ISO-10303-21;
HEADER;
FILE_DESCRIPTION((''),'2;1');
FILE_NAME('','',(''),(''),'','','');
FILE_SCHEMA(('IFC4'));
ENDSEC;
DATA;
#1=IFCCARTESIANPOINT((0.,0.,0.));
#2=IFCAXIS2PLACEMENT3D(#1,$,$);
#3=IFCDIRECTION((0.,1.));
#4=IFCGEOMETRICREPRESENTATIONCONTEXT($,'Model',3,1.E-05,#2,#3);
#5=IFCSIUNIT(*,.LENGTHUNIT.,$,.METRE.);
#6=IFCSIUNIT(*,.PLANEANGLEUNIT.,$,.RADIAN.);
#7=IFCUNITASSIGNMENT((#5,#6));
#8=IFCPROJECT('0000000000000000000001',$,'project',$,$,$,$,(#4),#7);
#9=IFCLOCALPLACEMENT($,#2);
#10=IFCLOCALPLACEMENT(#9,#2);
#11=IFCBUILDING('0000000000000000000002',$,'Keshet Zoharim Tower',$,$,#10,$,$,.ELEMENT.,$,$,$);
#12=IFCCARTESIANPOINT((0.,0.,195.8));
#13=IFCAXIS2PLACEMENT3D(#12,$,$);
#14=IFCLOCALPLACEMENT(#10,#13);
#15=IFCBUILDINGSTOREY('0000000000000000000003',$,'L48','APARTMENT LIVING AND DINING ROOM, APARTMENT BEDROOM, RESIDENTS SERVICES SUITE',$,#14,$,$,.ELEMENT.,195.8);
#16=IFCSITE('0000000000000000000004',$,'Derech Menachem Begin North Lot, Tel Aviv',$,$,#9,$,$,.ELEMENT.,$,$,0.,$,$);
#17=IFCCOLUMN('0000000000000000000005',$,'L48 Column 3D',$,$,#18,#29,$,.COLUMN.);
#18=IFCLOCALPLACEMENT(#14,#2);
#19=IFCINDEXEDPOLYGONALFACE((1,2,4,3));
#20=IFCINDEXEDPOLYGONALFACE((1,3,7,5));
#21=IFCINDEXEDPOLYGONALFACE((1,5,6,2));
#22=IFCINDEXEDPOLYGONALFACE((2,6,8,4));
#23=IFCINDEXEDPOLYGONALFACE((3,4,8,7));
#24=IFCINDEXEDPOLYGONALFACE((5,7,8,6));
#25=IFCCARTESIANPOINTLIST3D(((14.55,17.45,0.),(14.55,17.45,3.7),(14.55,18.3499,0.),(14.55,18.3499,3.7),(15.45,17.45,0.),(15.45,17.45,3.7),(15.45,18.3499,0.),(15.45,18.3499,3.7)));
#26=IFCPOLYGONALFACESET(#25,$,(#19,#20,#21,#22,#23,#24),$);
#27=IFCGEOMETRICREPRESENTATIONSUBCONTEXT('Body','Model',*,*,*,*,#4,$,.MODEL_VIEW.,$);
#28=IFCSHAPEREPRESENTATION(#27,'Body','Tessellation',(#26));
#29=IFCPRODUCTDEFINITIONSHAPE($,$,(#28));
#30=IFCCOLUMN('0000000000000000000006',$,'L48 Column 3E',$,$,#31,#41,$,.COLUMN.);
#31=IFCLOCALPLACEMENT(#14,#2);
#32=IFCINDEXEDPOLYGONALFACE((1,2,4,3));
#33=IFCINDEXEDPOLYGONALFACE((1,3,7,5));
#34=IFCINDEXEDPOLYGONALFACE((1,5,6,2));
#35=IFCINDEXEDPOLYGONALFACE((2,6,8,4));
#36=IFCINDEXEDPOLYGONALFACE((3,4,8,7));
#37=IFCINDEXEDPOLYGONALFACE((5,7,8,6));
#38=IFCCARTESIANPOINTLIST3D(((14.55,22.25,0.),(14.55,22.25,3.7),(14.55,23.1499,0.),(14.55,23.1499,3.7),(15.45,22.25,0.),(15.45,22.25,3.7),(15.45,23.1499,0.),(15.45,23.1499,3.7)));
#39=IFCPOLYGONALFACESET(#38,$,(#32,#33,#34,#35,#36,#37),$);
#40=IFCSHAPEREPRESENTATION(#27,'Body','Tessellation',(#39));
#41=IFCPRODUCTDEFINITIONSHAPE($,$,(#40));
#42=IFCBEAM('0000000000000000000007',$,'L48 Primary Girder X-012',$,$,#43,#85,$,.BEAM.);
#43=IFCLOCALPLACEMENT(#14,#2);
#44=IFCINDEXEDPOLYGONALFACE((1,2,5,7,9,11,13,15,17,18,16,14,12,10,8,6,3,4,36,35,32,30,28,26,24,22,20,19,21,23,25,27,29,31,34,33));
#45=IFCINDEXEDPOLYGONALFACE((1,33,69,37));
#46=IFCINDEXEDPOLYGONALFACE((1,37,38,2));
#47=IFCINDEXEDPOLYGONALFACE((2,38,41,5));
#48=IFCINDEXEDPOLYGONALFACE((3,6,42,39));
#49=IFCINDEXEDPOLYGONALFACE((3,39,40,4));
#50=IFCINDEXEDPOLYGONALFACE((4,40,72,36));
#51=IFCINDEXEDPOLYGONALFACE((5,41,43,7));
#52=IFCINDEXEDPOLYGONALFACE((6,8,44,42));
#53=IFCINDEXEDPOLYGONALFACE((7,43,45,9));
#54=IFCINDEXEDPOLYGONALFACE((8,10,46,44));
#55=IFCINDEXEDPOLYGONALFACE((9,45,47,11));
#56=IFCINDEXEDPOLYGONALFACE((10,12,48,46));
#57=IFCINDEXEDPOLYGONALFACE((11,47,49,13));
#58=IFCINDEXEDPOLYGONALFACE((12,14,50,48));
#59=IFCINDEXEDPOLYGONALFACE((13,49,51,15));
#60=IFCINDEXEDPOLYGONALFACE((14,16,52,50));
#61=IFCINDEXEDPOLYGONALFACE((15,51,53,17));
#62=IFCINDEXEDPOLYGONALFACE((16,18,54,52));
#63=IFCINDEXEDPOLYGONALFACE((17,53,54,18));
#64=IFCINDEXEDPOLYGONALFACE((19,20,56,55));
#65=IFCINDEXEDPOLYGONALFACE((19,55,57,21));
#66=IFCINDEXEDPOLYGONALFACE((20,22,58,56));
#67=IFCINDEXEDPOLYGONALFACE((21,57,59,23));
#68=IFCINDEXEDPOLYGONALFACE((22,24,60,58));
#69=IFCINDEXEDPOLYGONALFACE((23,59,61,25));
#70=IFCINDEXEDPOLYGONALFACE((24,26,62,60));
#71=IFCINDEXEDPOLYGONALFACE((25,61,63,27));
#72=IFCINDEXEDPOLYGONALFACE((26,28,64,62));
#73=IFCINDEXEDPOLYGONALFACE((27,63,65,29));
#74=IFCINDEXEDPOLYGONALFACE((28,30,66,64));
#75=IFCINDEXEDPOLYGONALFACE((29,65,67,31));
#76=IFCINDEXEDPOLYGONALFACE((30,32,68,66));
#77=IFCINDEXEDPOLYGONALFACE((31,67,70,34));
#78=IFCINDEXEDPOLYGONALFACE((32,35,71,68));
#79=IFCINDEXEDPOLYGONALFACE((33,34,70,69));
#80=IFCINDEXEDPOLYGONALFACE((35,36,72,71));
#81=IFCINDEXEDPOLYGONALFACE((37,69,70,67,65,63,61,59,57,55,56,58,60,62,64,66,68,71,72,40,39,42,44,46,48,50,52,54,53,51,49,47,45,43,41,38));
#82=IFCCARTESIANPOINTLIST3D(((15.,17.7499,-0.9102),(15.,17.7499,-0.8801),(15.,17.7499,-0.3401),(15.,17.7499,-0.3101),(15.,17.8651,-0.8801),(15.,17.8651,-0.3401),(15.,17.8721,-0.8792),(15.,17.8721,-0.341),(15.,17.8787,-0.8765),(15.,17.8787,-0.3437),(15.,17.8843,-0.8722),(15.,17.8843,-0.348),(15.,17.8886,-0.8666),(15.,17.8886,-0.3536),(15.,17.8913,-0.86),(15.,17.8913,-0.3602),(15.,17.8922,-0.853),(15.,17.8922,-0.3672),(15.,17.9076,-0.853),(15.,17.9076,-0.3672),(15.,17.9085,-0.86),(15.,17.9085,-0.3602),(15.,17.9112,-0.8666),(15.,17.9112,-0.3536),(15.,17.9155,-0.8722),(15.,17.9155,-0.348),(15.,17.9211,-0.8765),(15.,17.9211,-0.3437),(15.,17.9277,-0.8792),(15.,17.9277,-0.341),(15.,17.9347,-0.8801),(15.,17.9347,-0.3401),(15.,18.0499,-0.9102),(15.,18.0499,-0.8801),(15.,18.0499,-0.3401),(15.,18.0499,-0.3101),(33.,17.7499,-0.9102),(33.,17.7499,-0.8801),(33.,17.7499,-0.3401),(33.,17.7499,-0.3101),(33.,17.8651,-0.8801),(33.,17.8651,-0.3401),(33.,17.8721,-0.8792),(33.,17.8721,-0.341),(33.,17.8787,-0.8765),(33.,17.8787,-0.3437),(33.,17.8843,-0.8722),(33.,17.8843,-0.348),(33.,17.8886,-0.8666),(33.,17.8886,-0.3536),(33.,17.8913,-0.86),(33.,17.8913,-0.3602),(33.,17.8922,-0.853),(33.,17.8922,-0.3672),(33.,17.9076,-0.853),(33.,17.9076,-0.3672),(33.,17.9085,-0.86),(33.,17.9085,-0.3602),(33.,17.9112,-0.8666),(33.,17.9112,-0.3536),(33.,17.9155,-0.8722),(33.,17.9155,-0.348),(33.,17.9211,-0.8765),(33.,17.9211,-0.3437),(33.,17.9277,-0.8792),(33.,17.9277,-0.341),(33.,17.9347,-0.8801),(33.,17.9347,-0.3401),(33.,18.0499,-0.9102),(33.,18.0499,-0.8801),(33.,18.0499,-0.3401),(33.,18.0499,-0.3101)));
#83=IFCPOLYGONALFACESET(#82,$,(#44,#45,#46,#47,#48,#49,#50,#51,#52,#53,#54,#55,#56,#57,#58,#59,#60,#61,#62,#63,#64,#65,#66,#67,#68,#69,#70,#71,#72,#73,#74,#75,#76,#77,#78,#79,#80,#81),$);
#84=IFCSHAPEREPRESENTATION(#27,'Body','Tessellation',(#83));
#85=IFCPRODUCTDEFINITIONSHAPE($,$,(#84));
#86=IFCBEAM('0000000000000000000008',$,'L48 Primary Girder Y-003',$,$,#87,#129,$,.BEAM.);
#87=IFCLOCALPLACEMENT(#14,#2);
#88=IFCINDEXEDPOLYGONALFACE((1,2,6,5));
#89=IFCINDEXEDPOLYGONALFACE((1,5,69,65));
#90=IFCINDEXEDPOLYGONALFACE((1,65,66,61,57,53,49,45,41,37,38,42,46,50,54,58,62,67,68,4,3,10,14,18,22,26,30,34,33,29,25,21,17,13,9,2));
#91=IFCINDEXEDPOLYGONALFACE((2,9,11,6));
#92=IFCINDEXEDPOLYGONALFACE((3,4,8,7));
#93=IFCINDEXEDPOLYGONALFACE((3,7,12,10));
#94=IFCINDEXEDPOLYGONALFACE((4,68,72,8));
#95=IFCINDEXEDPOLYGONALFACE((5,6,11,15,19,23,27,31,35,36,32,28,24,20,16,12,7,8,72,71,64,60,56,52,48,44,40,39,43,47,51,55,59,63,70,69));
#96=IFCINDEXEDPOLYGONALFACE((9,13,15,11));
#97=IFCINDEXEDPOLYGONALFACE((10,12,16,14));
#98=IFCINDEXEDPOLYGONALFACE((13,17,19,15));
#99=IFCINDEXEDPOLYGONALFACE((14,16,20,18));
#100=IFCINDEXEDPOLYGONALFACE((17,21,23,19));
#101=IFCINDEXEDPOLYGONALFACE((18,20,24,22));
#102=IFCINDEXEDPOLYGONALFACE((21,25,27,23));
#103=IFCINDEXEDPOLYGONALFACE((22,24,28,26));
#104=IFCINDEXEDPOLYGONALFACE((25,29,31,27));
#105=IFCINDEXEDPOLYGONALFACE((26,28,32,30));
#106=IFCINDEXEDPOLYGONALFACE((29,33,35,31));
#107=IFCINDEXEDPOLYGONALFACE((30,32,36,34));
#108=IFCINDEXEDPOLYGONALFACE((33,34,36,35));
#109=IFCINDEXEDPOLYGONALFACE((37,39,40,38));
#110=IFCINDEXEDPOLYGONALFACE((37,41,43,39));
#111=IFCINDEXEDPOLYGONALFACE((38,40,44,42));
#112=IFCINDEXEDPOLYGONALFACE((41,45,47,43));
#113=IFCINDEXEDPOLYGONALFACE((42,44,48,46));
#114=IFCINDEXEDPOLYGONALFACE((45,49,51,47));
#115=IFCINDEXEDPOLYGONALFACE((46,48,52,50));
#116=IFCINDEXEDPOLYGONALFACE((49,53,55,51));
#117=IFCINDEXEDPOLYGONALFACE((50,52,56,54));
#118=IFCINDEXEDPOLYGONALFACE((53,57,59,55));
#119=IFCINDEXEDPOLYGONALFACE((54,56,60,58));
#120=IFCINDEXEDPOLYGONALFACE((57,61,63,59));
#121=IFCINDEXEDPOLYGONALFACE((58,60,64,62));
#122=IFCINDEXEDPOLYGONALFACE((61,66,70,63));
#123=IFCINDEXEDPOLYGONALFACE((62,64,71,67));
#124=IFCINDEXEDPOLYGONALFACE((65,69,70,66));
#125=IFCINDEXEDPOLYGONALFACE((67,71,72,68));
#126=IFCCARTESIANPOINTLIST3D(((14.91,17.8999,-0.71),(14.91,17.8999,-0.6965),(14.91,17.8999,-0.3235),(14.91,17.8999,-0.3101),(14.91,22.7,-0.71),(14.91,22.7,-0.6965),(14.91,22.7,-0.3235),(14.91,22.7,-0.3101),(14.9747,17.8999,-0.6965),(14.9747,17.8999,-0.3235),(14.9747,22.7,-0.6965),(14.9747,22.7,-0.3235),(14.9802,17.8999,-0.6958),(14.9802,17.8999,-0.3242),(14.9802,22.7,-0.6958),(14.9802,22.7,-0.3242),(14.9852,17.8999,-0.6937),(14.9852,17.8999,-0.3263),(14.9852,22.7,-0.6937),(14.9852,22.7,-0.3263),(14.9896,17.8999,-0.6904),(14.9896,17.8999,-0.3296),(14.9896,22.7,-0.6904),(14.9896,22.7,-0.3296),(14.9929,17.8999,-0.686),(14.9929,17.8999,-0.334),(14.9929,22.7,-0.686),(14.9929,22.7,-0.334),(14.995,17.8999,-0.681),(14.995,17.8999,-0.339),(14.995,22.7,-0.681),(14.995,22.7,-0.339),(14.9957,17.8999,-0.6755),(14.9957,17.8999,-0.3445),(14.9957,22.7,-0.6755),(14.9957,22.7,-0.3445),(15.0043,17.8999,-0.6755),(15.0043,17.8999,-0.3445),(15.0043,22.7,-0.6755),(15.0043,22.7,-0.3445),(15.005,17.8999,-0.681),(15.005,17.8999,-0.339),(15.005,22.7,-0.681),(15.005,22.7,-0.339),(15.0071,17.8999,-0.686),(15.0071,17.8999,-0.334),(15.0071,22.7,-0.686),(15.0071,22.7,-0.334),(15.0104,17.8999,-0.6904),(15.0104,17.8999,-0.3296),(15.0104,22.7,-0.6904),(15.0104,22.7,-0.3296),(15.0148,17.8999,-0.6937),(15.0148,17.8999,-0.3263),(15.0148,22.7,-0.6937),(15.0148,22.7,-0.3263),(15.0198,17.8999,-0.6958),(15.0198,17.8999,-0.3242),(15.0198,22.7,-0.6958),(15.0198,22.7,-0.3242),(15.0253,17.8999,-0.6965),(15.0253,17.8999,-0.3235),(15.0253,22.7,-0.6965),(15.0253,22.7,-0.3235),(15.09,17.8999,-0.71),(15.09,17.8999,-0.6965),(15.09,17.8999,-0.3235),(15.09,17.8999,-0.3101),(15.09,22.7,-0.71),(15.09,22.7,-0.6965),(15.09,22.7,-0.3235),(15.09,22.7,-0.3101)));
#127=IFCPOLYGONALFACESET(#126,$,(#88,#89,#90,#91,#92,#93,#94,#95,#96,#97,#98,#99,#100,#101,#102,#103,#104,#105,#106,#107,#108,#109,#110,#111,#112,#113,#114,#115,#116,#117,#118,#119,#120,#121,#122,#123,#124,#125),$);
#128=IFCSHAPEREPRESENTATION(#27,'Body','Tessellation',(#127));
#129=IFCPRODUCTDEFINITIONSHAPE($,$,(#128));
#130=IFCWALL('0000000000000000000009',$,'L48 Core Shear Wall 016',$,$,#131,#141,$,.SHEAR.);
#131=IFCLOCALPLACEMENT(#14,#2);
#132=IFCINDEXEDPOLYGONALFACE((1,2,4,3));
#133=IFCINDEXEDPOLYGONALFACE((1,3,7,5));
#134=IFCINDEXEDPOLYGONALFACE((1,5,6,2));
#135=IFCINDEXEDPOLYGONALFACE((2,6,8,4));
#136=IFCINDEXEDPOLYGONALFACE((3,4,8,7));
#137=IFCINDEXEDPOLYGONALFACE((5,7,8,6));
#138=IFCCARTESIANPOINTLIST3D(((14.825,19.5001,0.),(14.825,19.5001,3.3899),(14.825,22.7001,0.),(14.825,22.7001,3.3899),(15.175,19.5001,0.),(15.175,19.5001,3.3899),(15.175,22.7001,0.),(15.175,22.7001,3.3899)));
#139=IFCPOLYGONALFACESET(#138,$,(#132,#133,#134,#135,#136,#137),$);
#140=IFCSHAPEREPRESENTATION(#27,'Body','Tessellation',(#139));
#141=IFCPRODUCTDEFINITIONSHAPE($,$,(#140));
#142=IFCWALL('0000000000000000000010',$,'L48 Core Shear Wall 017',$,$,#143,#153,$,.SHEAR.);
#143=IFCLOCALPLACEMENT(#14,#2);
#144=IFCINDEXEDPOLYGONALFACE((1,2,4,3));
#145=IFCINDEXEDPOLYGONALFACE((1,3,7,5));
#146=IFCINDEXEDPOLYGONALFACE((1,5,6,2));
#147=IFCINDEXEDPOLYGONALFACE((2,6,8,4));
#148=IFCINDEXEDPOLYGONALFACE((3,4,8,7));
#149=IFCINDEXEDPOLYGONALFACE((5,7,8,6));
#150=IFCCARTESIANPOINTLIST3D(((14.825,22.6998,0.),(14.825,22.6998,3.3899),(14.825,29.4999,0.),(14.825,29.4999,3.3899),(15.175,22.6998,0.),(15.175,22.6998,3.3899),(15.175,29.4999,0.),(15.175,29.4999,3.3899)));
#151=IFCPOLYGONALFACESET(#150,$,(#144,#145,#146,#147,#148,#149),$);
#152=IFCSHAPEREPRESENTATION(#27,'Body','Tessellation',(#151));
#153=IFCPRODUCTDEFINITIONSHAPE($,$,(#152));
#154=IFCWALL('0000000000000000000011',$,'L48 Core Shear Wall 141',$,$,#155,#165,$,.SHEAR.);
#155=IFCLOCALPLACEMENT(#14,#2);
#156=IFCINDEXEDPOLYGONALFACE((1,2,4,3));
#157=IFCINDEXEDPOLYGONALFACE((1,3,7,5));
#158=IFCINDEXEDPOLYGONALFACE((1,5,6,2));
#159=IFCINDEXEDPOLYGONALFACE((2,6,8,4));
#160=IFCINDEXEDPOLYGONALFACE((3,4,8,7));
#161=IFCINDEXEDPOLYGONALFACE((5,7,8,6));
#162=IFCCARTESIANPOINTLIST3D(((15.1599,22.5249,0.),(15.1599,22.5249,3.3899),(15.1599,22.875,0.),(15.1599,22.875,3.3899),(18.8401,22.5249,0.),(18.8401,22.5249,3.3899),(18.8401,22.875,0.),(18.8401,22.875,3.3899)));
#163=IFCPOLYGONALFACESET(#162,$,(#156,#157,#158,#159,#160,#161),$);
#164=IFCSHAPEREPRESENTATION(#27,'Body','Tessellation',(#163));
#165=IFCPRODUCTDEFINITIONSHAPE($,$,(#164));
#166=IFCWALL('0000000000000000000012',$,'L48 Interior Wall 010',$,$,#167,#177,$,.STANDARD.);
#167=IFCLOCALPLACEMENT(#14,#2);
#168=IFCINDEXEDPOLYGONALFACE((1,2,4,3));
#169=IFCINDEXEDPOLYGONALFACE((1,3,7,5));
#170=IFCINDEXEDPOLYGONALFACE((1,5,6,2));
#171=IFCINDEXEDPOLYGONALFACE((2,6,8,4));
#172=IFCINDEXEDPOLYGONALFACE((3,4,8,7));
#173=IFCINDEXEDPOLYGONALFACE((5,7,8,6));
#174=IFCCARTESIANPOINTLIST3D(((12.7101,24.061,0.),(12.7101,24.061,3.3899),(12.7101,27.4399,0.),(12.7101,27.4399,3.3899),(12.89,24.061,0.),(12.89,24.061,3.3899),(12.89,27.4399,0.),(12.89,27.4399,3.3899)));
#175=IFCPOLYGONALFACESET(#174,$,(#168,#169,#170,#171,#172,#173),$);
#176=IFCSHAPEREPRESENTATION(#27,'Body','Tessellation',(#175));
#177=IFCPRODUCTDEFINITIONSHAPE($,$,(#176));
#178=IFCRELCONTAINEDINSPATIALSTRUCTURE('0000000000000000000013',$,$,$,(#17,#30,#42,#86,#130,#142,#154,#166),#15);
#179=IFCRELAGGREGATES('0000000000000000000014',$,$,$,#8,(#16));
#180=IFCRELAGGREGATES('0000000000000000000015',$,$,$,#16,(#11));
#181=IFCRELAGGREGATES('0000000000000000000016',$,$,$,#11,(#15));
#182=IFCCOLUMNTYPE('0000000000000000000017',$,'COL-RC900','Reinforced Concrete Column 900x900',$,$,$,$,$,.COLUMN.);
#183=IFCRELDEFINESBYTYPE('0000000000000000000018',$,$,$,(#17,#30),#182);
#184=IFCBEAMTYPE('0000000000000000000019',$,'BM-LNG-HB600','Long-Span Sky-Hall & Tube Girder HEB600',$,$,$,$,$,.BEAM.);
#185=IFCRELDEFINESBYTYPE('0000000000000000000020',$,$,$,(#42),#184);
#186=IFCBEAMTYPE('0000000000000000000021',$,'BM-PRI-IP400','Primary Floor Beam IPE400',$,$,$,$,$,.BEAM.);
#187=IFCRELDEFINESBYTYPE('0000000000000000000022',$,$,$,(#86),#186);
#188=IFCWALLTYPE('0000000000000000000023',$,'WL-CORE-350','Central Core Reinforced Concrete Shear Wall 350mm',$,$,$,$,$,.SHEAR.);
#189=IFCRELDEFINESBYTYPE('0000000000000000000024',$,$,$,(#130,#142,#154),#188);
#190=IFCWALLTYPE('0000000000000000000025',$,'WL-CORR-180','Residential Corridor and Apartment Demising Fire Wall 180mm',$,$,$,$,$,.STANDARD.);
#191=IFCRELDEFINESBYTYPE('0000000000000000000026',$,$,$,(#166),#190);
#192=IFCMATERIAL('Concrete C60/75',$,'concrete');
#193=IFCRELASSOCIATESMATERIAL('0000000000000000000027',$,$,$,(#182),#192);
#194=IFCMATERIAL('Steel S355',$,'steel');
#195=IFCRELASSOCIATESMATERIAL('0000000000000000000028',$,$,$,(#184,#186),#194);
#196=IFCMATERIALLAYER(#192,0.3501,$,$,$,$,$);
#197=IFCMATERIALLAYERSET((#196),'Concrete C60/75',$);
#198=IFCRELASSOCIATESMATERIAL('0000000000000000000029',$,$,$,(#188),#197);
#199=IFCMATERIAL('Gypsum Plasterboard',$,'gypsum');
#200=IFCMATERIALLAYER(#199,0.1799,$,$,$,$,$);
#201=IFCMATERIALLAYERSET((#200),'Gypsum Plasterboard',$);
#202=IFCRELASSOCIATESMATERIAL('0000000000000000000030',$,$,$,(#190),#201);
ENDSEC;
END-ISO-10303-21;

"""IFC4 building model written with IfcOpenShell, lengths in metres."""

from ifc_helpers import new_model, si_unit, direction, frame, frame_2d, origin, origin_2d, place, context, subcontext, project, spatial, rectangle, i_section, extrude, material, layer, layer_set, material_profile, profile_set, type_object, element, save


model = new_model("IFC4")

# Units and contexts
model_context = context("Model", 3, precision=1e-05, world=origin(), true_north=direction((0.0, 1.0)))
body_context = subcontext(model_context, "Body", "Model", "MODEL_VIEW")
ifc_project = project(units=[si_unit("LENGTHUNIT", "METRE"), si_unit("PLANEANGLEUNIT", "RADIAN")], contexts=[model_context])

# Site, building, storey
site_placement = place(None, origin())
site = spatial("IfcSite", under=ifc_project, at=site_placement, Name="Derech Menachem Begin North Lot, Tel Aviv", CompositionType="ELEMENT", RefElevation=0.0)
building_placement = place(site_placement, origin())
building = spatial("IfcBuilding", under=site, at=building_placement, Name="Keshet Zoharim Tower", CompositionType="ELEMENT")
storey_placement = place(building_placement, frame((0.0, 0.0, 195.8)))
storey = spatial("IfcBuildingStorey", under=building, at=storey_placement, Name="L48", Description="APARTMENT LIVING AND DINING ROOM, APARTMENT BEDROOM, RESIDENTS SERVICES SUITE", CompositionType="ELEMENT", Elevation=195.8)

# Columns
ifc_material_1 = material(Name="Concrete C60/75", Category="concrete")
ifc_material_profile_1 = material_profile(ifc_material_1, rectangle(XDim=0.8999, YDim=0.8999, at=origin_2d()), Name="RC900x900")
ifc_profile_set_1 = profile_set([ifc_material_profile_1], Name="Concrete C60/75")
column_type = type_object("IfcColumnType", Name="COL-RC900", Description="Reinforced Concrete Column 900x900", PredefinedType="COLUMN", material=ifc_profile_set_1)
for number, where, z_axis, x_axis, name in (
    (1, (15.0, 17.8999, 0.0), (0.0, 0.0, 1.0), (1.0, 0.0, 0.0), "L48 Column 3D"),
    (2, (15.0, 22.7, 0.0), (0.0, 0.0, 1.0), (1.0, 0.0, 0.0), "L48 Column 3E"),
):
    element("IfcColumn", number, at=place(storey_placement, frame(where, z_axis=z_axis, x_axis=x_axis)), inside=storey, type_object=column_type, Name=name, PredefinedType="COLUMN", context=body_context, shape_type="SweptSolid", body=[
        extrude(rectangle(XDim=0.8999, YDim=0.8999, at=origin_2d()), origin(), (0.0, 0.0, 1.0), 3.7),
    ])

# Beams
ifc_material_2 = material(Name="Steel S355", Category="steel")
ifc_material_profile_2 = material_profile(ifc_material_2, i_section(OverallWidth=0.3, OverallDepth=0.6001, WebThickness=0.0154, FlangeThickness=0.03, FilletRadius=0.0271, at=origin_2d()), Name="HEB600")
ifc_profile_set_2 = profile_set([ifc_material_profile_2], Name="Steel S355")
beam_type_1 = type_object("IfcBeamType", Name="BM-LNG-HB600", Description="Long-Span Sky-Hall & Tube Girder HEB600", PredefinedType="BEAM", material=ifc_profile_set_2)
beam_1_placement = place(storey_placement, frame((15.0, 17.8999, -0.6101), z_axis=(1.0, 0.0, 0.0), x_axis=(0.0, 1.0, 0.0)))
element("IfcBeam", 3, at=beam_1_placement, inside=storey, type_object=beam_type_1, Name="L48 Primary Girder X-012", PredefinedType="BEAM", context=body_context, shape_type="SweptSolid", body=[
    extrude(i_section(OverallWidth=0.3, OverallDepth=0.6001, WebThickness=0.0154, FlangeThickness=0.03, FilletRadius=0.0271, at=origin_2d()), origin(), (0.0, 0.0, 1.0), 18.0),
])
ifc_material_profile_3 = material_profile(ifc_material_2, i_section(OverallWidth=0.1799, OverallDepth=0.3999, WebThickness=0.0085, FlangeThickness=0.0134, FilletRadius=0.021, at=origin_2d()), Name="IPE400")
ifc_profile_set_3 = profile_set([ifc_material_profile_3], Name="Steel S355")
beam_type_2 = type_object("IfcBeamType", Name="BM-PRI-IP400", Description="Primary Floor Beam IPE400", PredefinedType="BEAM", material=ifc_profile_set_3)
beam_2_placement = place(storey_placement, frame((15.0, 17.8999, -0.51), z_axis=(0.0, 1.0, 0.0), x_axis=(-1.0, 0.0, 0.0)))
element("IfcBeam", 4, at=beam_2_placement, inside=storey, type_object=beam_type_2, Name="L48 Primary Girder Y-003", PredefinedType="BEAM", context=body_context, shape_type="SweptSolid", body=[
    extrude(i_section(OverallWidth=0.1799, OverallDepth=0.3999, WebThickness=0.0085, FlangeThickness=0.0134, FilletRadius=0.021, at=origin_2d()), origin(), (0.0, 0.0, 1.0), 4.8),
])

# Walls
ifc_layer_1 = layer(ifc_material_1, 0.3501)
ifc_layer_set_1 = layer_set([ifc_layer_1], Name="Concrete C60/75")
wall_type_1 = type_object("IfcWallType", Name="WL-CORE-350", Description="Central Core Reinforced Concrete Shear Wall 350mm", PredefinedType="SHEAR", material=ifc_layer_set_1)
wall_1_placement = place(storey_placement, frame((15.0, 19.5, 0.0), z_axis=(0.0, 0.0, 1.0), x_axis=(0.0, 1.0, 0.0)))
element("IfcWall", 5, at=wall_1_placement, inside=storey, type_object=wall_type_1, Name="L48 Core Shear Wall 016", PredefinedType="SHEAR", context=body_context, shape_type="SweptSolid", body=[
    extrude(rectangle(XDim=3.2, YDim=0.3501, at=frame_2d((1.6001, 0.0))), origin(), (0.0, 0.0, 1.0), 3.3899),
])
wall_2_placement = place(storey_placement, frame((15.0, 22.7, 0.0), z_axis=(0.0, 0.0, 1.0), x_axis=(0.0, 1.0, 0.0)))
element("IfcWall", 6, at=wall_2_placement, inside=storey, type_object=wall_type_1, Name="L48 Core Shear Wall 017", PredefinedType="SHEAR", context=body_context, shape_type="SweptSolid", body=[
    extrude(rectangle(XDim=6.8, YDim=0.3501, at=frame_2d((3.3999, 0.0))), origin(), (0.0, 0.0, 1.0), 3.3899),
])
wall_3_placement = place(storey_placement, frame((15.1599, 22.7, 0.0), z_axis=(0.0, 0.0, 1.0), x_axis=(1.0, 0.0, 0.0)))
element("IfcWall", 7, at=wall_3_placement, inside=storey, type_object=wall_type_1, Name="L48 Core Shear Wall 141", PredefinedType="SHEAR", context=body_context, shape_type="SweptSolid", body=[
    extrude(rectangle(XDim=3.6802, YDim=0.3501, at=frame_2d((1.8401, 0.0))), origin(), (0.0, 0.0, 1.0), 3.3899),
])
ifc_material_3 = material(Name="Gypsum Plasterboard", Category="gypsum")
ifc_layer_2 = layer(ifc_material_3, 0.1799)
ifc_layer_set_2 = layer_set([ifc_layer_2], Name="Gypsum Plasterboard")
wall_type_2 = type_object("IfcWallType", Name="WL-CORR-180", Description="Residential Corridor and Apartment Demising Fire Wall 180mm", PredefinedType="STANDARD", material=ifc_layer_set_2)
wall_4_placement = place(storey_placement, frame((12.8, 24.061, 0.0), z_axis=(0.0, 0.0, 1.0), x_axis=(0.0, 1.0, 0.0)))
element("IfcWall", 8, at=wall_4_placement, inside=storey, type_object=wall_type_2, Name="L48 Interior Wall 010", PredefinedType="STANDARD", context=body_context, shape_type="SweptSolid", body=[
    extrude(rectangle(XDim=3.3789, YDim=0.1799, at=frame_2d((1.6895, 0.0))), origin(), (0.0, 0.0, 1.0), 3.3899),
])

save(model, "model.ifc")
